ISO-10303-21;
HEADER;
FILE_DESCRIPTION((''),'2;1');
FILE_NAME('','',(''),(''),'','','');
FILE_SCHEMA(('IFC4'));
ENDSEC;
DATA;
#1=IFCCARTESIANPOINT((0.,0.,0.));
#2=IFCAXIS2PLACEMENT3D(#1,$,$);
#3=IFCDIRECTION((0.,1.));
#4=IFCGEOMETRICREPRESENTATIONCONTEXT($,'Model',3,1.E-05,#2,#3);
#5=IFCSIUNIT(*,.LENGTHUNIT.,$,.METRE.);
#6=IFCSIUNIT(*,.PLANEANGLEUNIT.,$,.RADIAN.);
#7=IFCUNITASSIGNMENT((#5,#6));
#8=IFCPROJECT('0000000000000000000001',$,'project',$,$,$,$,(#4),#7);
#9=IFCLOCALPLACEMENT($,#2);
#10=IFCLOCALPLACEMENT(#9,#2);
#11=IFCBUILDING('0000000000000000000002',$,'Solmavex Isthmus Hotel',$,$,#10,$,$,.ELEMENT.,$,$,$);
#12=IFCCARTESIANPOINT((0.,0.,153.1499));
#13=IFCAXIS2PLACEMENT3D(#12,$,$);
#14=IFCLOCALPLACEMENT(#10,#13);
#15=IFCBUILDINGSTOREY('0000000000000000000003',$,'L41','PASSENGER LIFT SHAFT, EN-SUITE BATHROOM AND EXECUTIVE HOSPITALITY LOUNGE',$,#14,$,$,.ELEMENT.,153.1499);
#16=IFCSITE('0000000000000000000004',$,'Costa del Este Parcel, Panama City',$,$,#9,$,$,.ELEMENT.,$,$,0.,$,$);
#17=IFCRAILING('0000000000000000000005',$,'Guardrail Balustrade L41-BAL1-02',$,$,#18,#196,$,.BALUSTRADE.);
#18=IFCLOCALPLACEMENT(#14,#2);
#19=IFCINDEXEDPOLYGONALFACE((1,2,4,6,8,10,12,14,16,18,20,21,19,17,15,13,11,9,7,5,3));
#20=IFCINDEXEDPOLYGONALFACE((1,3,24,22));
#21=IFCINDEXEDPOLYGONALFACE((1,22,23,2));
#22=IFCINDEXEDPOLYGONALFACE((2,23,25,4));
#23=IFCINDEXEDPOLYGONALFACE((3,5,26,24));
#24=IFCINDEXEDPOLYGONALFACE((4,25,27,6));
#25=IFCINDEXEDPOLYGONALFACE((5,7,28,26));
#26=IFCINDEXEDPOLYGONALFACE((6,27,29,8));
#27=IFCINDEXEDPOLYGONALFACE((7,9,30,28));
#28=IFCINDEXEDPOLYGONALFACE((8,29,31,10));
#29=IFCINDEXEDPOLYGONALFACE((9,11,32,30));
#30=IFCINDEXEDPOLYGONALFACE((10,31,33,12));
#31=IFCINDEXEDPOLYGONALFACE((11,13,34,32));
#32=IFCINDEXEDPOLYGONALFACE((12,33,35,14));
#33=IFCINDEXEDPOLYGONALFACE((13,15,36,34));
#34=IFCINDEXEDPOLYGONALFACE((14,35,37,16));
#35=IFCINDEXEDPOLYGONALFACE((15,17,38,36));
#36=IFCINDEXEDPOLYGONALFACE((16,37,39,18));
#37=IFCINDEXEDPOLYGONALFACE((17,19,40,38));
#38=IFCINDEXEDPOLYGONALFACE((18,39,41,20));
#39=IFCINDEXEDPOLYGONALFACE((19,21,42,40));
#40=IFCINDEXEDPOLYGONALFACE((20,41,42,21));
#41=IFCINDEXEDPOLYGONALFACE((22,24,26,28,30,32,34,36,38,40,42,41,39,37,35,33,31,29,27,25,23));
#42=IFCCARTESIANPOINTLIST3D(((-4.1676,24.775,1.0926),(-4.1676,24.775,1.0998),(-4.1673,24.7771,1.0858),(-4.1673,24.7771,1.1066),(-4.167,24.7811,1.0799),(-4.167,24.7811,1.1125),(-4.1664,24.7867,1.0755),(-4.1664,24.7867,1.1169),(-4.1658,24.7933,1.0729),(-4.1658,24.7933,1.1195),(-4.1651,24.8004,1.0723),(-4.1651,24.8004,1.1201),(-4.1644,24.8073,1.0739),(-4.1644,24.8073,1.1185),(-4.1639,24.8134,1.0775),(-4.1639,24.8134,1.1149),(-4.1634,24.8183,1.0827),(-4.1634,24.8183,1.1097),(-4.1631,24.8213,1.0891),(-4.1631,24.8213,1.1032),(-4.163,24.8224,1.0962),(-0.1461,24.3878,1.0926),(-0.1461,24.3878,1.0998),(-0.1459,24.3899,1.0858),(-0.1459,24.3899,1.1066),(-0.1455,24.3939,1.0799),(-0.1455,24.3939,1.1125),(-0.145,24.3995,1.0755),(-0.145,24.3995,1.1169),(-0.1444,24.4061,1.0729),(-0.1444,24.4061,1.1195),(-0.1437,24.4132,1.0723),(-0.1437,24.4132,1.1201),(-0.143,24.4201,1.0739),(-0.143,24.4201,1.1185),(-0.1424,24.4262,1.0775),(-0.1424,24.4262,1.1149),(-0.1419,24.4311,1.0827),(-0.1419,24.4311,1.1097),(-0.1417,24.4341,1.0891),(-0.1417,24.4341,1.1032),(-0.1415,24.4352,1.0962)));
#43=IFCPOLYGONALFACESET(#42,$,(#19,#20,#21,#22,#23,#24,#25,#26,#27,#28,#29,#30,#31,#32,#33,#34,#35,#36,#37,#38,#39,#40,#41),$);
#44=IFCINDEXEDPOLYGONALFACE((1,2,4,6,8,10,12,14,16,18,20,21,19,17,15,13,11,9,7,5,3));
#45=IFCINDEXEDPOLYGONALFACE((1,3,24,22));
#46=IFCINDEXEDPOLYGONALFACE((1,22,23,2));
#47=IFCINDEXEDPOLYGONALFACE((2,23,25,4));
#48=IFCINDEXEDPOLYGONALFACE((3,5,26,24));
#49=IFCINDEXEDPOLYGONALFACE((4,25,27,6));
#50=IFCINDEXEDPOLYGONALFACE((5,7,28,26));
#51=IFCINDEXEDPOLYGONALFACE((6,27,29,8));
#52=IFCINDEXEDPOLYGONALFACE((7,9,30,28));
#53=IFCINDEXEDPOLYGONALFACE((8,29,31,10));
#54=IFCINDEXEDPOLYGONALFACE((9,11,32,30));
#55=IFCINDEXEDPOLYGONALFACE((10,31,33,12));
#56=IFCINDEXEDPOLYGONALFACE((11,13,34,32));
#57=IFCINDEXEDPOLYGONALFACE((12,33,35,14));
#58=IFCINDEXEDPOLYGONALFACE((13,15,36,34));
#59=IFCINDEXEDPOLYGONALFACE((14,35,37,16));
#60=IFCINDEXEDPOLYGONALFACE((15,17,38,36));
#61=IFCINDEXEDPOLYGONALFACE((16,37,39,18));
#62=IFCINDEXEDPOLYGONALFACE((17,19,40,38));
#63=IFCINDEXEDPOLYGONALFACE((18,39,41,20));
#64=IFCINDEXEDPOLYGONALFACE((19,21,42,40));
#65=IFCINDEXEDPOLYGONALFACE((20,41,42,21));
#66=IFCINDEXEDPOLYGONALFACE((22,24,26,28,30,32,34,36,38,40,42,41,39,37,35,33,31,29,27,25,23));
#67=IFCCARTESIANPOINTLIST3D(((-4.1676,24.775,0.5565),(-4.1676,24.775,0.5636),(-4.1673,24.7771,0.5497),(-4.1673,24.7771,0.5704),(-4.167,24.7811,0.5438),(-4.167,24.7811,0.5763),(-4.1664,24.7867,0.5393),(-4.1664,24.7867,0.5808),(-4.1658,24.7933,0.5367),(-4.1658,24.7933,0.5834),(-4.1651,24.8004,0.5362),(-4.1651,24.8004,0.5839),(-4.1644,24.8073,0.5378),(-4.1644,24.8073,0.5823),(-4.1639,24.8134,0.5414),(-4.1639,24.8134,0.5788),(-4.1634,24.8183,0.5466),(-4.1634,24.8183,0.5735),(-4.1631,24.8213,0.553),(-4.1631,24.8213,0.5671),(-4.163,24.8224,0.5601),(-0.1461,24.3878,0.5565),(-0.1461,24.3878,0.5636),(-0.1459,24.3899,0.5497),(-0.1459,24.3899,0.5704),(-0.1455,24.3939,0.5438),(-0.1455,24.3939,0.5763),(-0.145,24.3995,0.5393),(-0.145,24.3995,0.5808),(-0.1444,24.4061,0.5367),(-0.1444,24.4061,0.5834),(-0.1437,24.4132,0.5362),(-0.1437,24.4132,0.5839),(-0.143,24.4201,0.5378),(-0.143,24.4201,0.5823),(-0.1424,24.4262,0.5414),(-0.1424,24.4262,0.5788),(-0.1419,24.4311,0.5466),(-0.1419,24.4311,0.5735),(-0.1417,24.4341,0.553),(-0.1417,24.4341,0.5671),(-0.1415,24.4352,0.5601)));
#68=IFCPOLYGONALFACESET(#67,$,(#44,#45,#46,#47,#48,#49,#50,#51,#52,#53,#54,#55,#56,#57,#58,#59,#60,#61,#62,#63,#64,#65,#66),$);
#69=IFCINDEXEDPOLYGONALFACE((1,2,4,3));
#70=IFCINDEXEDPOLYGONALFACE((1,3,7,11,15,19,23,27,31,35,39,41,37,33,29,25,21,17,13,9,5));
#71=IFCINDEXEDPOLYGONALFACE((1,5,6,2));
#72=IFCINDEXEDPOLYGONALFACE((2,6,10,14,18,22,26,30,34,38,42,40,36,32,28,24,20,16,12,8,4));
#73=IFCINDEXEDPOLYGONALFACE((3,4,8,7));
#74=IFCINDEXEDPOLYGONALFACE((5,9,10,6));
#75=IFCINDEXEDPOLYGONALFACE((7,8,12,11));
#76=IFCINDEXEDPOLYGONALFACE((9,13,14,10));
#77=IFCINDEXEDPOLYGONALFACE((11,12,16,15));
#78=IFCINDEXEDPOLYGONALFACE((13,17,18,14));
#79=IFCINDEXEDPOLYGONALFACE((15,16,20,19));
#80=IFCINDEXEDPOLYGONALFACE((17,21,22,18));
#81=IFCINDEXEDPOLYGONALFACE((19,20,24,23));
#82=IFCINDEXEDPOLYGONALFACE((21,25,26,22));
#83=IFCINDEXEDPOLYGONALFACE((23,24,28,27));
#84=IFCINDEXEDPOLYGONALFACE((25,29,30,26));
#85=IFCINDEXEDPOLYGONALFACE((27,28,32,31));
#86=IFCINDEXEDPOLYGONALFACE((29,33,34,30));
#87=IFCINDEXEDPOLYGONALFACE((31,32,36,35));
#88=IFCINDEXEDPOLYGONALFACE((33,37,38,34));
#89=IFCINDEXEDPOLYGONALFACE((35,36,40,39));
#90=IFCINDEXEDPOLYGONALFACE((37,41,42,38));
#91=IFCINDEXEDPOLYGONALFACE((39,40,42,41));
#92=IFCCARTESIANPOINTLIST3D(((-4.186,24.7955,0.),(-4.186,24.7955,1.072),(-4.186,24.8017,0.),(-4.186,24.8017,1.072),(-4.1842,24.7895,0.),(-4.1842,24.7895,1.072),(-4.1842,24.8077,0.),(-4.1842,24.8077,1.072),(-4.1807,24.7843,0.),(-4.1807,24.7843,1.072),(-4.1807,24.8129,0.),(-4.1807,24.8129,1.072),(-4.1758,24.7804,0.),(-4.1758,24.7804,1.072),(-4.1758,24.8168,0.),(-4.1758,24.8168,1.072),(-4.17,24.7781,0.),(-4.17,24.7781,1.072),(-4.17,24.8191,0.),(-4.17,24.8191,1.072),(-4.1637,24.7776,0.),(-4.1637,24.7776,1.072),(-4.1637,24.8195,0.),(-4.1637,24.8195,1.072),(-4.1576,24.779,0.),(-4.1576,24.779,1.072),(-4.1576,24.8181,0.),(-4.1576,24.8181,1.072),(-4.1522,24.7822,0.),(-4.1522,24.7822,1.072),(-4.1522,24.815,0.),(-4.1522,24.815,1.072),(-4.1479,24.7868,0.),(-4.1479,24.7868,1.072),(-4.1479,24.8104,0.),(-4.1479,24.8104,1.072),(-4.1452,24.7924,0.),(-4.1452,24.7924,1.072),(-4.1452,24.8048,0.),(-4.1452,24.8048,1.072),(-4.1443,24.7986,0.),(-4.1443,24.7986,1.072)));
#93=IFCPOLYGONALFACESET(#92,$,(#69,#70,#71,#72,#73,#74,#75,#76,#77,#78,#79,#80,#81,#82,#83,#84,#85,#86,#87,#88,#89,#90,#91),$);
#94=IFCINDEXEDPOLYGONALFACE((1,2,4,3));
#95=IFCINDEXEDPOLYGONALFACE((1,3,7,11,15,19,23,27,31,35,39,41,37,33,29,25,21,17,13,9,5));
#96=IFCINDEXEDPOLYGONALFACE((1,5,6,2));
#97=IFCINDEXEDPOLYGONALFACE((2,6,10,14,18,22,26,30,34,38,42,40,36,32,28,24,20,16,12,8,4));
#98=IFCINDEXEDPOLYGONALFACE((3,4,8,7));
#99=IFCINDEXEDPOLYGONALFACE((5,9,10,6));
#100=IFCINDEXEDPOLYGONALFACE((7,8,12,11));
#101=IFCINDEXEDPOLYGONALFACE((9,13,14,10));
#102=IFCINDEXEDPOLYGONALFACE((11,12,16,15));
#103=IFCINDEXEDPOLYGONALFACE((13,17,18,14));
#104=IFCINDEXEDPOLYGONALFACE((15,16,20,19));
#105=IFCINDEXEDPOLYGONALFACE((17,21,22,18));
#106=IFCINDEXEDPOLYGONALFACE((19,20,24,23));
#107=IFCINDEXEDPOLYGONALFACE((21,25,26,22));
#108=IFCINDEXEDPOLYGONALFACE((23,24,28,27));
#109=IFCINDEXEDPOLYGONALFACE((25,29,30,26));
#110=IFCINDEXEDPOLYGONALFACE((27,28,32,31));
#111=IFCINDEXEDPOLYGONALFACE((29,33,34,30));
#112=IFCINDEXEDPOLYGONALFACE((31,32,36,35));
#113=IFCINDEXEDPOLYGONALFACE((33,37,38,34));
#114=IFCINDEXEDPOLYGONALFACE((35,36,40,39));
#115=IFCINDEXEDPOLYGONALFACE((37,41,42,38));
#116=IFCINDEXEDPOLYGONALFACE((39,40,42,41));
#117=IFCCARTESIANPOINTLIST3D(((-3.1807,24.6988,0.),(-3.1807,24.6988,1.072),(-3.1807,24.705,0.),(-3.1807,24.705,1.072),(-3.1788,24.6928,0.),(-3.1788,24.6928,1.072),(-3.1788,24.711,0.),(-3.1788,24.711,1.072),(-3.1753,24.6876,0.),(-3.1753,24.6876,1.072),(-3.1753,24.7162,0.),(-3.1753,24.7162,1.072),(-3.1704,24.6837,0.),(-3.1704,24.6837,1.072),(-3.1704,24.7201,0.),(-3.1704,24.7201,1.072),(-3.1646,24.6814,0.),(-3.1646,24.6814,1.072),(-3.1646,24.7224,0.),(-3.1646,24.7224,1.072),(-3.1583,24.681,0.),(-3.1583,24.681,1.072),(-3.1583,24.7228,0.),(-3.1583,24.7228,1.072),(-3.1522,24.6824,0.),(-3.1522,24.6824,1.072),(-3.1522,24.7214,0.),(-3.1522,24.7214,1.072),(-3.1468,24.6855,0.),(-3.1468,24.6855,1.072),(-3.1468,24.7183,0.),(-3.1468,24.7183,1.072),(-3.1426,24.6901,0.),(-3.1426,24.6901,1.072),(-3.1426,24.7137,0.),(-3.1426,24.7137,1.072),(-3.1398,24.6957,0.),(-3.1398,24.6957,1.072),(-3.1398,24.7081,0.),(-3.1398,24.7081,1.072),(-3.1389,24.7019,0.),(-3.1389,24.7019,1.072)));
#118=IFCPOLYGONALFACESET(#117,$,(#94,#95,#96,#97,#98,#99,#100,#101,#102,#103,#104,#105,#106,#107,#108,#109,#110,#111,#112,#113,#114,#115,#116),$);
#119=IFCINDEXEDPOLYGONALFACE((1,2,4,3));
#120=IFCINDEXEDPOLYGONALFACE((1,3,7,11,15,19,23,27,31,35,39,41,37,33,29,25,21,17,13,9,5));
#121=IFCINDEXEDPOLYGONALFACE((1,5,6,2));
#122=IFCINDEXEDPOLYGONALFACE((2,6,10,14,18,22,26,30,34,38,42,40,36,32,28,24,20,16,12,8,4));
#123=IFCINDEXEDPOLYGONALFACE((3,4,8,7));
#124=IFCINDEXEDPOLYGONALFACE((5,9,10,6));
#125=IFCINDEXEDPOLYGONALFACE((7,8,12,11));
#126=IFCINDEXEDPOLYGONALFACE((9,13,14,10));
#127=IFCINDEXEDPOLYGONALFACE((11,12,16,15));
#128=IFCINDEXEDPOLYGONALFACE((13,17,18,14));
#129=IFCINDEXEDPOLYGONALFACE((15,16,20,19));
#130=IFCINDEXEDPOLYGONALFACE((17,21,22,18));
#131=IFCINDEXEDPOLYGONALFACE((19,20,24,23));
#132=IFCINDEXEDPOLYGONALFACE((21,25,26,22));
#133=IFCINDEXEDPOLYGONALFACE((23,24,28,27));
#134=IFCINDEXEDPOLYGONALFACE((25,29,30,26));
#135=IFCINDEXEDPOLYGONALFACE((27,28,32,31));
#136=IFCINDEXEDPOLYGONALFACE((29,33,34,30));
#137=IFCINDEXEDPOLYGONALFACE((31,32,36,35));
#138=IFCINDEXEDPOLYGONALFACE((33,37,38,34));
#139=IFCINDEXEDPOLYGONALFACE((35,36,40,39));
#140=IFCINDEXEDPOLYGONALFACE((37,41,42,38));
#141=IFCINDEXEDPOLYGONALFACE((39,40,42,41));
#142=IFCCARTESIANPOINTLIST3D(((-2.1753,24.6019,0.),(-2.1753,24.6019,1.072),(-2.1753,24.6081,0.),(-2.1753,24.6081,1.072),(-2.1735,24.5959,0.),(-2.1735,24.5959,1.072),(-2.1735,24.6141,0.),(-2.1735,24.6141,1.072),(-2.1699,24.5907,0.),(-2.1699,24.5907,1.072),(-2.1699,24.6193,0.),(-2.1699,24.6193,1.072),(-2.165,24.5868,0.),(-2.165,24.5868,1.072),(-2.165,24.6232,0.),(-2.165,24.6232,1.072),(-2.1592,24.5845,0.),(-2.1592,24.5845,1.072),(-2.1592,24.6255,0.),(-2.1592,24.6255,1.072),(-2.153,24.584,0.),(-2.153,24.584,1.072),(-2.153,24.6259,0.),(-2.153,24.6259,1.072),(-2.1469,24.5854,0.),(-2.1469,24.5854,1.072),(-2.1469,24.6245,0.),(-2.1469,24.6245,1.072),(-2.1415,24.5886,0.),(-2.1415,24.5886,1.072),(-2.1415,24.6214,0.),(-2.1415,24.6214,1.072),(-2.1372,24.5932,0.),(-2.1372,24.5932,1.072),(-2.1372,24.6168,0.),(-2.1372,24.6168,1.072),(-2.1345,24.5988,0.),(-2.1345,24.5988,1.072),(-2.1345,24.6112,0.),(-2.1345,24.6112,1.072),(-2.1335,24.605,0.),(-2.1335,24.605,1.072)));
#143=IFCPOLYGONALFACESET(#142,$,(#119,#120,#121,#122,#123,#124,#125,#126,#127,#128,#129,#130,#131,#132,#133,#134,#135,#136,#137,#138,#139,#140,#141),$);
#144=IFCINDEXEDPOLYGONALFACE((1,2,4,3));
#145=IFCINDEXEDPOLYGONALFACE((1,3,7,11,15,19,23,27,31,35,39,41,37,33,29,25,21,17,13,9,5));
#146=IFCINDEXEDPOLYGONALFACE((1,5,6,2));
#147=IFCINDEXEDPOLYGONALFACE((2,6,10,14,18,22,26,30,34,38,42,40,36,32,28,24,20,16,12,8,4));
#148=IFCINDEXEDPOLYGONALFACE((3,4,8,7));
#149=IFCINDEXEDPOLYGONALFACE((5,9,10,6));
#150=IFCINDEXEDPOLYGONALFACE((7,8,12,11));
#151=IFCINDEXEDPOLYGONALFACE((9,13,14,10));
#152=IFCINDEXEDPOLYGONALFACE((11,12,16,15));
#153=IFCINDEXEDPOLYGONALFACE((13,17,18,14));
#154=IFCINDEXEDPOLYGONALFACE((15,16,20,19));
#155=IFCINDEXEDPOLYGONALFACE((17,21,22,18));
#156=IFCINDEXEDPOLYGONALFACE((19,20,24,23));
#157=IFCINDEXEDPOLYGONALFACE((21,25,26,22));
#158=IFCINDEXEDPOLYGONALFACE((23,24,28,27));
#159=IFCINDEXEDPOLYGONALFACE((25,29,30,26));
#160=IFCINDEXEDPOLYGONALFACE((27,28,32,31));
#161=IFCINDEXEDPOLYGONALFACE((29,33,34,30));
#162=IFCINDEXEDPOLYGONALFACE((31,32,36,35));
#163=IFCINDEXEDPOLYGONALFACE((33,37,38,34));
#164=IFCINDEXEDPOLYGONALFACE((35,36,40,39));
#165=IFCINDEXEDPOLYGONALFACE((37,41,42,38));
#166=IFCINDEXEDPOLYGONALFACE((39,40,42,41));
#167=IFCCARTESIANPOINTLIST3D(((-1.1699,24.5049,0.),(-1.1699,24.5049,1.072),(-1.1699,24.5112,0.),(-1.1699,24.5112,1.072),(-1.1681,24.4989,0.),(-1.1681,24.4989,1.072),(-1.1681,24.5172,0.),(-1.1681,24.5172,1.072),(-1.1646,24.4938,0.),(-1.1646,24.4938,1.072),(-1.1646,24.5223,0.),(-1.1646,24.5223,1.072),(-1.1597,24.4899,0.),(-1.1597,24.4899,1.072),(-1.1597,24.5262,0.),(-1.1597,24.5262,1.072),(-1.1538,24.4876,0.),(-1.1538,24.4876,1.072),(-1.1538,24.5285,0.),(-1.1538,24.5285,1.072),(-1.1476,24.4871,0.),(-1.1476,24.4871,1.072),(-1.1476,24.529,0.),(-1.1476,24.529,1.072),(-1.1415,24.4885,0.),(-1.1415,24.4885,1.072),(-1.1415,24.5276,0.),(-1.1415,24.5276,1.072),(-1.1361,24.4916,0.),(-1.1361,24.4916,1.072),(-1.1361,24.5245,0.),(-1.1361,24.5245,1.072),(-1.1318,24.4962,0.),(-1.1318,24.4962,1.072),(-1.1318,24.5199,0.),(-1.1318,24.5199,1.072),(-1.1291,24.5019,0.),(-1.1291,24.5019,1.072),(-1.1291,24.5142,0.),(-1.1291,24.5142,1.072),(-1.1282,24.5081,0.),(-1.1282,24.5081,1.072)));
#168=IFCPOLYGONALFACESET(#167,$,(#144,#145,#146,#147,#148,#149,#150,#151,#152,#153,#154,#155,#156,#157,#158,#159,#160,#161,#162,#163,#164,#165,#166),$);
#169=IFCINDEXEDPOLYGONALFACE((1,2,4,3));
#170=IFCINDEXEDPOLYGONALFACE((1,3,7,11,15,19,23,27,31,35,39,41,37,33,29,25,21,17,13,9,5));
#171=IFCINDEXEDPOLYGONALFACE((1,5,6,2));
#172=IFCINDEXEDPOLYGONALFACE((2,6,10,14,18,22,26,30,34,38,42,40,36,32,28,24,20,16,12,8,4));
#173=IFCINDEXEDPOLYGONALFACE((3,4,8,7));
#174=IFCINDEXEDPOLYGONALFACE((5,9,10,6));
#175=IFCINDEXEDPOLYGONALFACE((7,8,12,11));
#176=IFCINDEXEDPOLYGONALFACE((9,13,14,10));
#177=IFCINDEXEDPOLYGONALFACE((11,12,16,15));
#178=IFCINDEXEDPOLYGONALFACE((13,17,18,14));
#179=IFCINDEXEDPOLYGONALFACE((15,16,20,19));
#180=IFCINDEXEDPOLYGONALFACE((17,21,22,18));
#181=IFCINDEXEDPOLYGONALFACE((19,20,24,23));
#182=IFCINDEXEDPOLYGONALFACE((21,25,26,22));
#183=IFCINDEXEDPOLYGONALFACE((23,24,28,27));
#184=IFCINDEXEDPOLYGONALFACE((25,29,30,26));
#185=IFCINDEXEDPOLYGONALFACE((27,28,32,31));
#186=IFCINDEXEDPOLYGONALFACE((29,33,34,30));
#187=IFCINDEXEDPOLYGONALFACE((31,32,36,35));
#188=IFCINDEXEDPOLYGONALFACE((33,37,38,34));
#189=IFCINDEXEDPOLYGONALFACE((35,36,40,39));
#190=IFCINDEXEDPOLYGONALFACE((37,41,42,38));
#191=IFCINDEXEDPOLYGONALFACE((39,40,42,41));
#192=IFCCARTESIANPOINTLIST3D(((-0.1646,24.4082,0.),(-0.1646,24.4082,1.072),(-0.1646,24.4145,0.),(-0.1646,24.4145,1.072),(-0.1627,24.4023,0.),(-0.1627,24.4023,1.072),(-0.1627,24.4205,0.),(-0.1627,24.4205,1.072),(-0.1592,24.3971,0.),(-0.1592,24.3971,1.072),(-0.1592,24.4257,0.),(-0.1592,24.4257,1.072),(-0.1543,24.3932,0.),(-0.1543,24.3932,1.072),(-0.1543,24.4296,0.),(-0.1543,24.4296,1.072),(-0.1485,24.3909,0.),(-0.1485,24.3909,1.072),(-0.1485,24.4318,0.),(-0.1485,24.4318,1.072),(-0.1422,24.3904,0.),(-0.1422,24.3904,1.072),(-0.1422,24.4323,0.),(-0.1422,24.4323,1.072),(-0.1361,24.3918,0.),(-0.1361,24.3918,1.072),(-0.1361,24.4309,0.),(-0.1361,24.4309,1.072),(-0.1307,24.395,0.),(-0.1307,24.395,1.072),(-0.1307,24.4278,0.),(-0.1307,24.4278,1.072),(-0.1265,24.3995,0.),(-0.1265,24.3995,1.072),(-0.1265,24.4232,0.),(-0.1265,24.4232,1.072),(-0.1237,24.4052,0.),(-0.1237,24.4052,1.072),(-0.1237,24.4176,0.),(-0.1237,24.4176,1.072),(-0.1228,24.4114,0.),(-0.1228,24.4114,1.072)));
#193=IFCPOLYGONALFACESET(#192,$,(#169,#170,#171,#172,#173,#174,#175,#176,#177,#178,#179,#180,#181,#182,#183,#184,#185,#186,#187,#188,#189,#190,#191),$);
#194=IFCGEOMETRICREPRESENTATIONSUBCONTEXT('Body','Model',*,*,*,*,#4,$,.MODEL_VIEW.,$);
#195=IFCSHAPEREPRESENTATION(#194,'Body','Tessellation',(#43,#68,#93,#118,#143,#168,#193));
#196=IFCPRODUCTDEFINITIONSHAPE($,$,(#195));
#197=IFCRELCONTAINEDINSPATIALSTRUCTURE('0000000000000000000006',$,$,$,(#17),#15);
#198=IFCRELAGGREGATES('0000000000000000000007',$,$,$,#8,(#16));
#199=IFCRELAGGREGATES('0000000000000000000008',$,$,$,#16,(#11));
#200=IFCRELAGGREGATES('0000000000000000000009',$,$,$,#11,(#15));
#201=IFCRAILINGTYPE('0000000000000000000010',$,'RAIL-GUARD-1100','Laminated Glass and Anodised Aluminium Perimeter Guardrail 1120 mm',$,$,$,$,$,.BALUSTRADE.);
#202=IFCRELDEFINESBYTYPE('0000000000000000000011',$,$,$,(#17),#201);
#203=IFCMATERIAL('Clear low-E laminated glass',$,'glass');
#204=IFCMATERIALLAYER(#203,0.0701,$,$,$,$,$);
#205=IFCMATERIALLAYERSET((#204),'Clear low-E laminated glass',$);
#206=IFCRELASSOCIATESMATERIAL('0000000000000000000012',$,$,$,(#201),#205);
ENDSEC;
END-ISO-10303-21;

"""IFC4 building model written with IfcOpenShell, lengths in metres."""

from ifc_helpers import new_model, si_unit, direction, frame, origin, origin_2d, place, context, subcontext, project, spatial, circle, extrude, material, layer, layer_set, type_object, element, save


model = new_model("IFC4")

# Units and contexts
model_context = context("Model", 3, precision=1e-05, world=origin(), true_north=direction((0.0, 1.0)))
body_context = subcontext(model_context, "Body", "Model", "MODEL_VIEW")
ifc_project = project(units=[si_unit("LENGTHUNIT", "METRE"), si_unit("PLANEANGLEUNIT", "RADIAN")], contexts=[model_context])

# Site, building, storey
site_placement = place(None, origin())
site = spatial("IfcSite", under=ifc_project, at=site_placement, Name="Costa del Este Parcel, Panama City", CompositionType="ELEMENT", RefElevation=0.0)
building_placement = place(site_placement, origin())
building = spatial("IfcBuilding", under=site, at=building_placement, Name="Solmavex Isthmus Hotel", CompositionType="ELEMENT")
storey_placement = place(building_placement, frame((0.0, 0.0, 153.1499)))
storey = spatial("IfcBuildingStorey", under=building, at=storey_placement, Name="L41", Description="PASSENGER LIFT SHAFT, EN-SUITE BATHROOM AND EXECUTIVE HOSPITALITY LOUNGE", CompositionType="ELEMENT", Elevation=153.1499)

# Shared definitions
ifc_material_1 = material(Name="Clear low-E laminated glass", Category="glass")

# Railing
ifc_layer_1 = layer(ifc_material_1, 0.0701)
ifc_layer_set_1 = layer_set([ifc_layer_1], Name="Clear low-E laminated glass")
railing_type = type_object("IfcRailingType", Name="RAIL-GUARD-1100", Description="Laminated Glass and Anodised Aluminium Perimeter Guardrail 1120 mm", PredefinedType="BALUSTRADE", material=ifc_layer_set_1)
railing_1_placement = place(storey_placement, frame((-4.1653, 24.7986, 0.0)))
element("IfcRailing", 1, at=railing_1_placement, inside=storey, type_object=railing_type, Name="Guardrail Balustrade L41-BAL1-02", PredefinedType="BALUSTRADE", context=body_context, shape_type="SweptSolid", body=[
    extrude(circle(Radius=0.0239, at=origin_2d()), frame((0.0, 0.0, 1.0962), z_axis=(0.995397, -0.095841, 0.0), x_axis=(0.095841, 0.995397, 0.0)), (0.0, 0.0, 1.0), 4.04),
    extrude(circle(Radius=0.0239, at=origin_2d()), frame((0.0, 0.0, 0.5601), z_axis=(0.995397, -0.095841, 0.0), x_axis=(0.095841, 0.995397, 0.0)), (0.0, 0.0, 1.0), 4.04),
    extrude(circle(Radius=0.021, at=origin_2d()), origin(), (0.0, 0.0, 1.0), 1.072),
    extrude(circle(Radius=0.021, at=origin_2d()), frame((1.0054, -0.0967, 0.0)), (0.0, 0.0, 1.0), 1.072),
    extrude(circle(Radius=0.021, at=origin_2d()), frame((2.0107, -0.1936, 0.0)), (0.0, 0.0, 1.0), 1.072),
    extrude(circle(Radius=0.021, at=origin_2d()), frame((3.0161, -0.2905, 0.0)), (0.0, 0.0, 1.0), 1.072),
    extrude(circle(Radius=0.021, at=origin_2d()), frame((4.0215, -0.3872, 0.0)), (0.0, 0.0, 1.0), 1.072),
])

save(model, "model.ifc")
